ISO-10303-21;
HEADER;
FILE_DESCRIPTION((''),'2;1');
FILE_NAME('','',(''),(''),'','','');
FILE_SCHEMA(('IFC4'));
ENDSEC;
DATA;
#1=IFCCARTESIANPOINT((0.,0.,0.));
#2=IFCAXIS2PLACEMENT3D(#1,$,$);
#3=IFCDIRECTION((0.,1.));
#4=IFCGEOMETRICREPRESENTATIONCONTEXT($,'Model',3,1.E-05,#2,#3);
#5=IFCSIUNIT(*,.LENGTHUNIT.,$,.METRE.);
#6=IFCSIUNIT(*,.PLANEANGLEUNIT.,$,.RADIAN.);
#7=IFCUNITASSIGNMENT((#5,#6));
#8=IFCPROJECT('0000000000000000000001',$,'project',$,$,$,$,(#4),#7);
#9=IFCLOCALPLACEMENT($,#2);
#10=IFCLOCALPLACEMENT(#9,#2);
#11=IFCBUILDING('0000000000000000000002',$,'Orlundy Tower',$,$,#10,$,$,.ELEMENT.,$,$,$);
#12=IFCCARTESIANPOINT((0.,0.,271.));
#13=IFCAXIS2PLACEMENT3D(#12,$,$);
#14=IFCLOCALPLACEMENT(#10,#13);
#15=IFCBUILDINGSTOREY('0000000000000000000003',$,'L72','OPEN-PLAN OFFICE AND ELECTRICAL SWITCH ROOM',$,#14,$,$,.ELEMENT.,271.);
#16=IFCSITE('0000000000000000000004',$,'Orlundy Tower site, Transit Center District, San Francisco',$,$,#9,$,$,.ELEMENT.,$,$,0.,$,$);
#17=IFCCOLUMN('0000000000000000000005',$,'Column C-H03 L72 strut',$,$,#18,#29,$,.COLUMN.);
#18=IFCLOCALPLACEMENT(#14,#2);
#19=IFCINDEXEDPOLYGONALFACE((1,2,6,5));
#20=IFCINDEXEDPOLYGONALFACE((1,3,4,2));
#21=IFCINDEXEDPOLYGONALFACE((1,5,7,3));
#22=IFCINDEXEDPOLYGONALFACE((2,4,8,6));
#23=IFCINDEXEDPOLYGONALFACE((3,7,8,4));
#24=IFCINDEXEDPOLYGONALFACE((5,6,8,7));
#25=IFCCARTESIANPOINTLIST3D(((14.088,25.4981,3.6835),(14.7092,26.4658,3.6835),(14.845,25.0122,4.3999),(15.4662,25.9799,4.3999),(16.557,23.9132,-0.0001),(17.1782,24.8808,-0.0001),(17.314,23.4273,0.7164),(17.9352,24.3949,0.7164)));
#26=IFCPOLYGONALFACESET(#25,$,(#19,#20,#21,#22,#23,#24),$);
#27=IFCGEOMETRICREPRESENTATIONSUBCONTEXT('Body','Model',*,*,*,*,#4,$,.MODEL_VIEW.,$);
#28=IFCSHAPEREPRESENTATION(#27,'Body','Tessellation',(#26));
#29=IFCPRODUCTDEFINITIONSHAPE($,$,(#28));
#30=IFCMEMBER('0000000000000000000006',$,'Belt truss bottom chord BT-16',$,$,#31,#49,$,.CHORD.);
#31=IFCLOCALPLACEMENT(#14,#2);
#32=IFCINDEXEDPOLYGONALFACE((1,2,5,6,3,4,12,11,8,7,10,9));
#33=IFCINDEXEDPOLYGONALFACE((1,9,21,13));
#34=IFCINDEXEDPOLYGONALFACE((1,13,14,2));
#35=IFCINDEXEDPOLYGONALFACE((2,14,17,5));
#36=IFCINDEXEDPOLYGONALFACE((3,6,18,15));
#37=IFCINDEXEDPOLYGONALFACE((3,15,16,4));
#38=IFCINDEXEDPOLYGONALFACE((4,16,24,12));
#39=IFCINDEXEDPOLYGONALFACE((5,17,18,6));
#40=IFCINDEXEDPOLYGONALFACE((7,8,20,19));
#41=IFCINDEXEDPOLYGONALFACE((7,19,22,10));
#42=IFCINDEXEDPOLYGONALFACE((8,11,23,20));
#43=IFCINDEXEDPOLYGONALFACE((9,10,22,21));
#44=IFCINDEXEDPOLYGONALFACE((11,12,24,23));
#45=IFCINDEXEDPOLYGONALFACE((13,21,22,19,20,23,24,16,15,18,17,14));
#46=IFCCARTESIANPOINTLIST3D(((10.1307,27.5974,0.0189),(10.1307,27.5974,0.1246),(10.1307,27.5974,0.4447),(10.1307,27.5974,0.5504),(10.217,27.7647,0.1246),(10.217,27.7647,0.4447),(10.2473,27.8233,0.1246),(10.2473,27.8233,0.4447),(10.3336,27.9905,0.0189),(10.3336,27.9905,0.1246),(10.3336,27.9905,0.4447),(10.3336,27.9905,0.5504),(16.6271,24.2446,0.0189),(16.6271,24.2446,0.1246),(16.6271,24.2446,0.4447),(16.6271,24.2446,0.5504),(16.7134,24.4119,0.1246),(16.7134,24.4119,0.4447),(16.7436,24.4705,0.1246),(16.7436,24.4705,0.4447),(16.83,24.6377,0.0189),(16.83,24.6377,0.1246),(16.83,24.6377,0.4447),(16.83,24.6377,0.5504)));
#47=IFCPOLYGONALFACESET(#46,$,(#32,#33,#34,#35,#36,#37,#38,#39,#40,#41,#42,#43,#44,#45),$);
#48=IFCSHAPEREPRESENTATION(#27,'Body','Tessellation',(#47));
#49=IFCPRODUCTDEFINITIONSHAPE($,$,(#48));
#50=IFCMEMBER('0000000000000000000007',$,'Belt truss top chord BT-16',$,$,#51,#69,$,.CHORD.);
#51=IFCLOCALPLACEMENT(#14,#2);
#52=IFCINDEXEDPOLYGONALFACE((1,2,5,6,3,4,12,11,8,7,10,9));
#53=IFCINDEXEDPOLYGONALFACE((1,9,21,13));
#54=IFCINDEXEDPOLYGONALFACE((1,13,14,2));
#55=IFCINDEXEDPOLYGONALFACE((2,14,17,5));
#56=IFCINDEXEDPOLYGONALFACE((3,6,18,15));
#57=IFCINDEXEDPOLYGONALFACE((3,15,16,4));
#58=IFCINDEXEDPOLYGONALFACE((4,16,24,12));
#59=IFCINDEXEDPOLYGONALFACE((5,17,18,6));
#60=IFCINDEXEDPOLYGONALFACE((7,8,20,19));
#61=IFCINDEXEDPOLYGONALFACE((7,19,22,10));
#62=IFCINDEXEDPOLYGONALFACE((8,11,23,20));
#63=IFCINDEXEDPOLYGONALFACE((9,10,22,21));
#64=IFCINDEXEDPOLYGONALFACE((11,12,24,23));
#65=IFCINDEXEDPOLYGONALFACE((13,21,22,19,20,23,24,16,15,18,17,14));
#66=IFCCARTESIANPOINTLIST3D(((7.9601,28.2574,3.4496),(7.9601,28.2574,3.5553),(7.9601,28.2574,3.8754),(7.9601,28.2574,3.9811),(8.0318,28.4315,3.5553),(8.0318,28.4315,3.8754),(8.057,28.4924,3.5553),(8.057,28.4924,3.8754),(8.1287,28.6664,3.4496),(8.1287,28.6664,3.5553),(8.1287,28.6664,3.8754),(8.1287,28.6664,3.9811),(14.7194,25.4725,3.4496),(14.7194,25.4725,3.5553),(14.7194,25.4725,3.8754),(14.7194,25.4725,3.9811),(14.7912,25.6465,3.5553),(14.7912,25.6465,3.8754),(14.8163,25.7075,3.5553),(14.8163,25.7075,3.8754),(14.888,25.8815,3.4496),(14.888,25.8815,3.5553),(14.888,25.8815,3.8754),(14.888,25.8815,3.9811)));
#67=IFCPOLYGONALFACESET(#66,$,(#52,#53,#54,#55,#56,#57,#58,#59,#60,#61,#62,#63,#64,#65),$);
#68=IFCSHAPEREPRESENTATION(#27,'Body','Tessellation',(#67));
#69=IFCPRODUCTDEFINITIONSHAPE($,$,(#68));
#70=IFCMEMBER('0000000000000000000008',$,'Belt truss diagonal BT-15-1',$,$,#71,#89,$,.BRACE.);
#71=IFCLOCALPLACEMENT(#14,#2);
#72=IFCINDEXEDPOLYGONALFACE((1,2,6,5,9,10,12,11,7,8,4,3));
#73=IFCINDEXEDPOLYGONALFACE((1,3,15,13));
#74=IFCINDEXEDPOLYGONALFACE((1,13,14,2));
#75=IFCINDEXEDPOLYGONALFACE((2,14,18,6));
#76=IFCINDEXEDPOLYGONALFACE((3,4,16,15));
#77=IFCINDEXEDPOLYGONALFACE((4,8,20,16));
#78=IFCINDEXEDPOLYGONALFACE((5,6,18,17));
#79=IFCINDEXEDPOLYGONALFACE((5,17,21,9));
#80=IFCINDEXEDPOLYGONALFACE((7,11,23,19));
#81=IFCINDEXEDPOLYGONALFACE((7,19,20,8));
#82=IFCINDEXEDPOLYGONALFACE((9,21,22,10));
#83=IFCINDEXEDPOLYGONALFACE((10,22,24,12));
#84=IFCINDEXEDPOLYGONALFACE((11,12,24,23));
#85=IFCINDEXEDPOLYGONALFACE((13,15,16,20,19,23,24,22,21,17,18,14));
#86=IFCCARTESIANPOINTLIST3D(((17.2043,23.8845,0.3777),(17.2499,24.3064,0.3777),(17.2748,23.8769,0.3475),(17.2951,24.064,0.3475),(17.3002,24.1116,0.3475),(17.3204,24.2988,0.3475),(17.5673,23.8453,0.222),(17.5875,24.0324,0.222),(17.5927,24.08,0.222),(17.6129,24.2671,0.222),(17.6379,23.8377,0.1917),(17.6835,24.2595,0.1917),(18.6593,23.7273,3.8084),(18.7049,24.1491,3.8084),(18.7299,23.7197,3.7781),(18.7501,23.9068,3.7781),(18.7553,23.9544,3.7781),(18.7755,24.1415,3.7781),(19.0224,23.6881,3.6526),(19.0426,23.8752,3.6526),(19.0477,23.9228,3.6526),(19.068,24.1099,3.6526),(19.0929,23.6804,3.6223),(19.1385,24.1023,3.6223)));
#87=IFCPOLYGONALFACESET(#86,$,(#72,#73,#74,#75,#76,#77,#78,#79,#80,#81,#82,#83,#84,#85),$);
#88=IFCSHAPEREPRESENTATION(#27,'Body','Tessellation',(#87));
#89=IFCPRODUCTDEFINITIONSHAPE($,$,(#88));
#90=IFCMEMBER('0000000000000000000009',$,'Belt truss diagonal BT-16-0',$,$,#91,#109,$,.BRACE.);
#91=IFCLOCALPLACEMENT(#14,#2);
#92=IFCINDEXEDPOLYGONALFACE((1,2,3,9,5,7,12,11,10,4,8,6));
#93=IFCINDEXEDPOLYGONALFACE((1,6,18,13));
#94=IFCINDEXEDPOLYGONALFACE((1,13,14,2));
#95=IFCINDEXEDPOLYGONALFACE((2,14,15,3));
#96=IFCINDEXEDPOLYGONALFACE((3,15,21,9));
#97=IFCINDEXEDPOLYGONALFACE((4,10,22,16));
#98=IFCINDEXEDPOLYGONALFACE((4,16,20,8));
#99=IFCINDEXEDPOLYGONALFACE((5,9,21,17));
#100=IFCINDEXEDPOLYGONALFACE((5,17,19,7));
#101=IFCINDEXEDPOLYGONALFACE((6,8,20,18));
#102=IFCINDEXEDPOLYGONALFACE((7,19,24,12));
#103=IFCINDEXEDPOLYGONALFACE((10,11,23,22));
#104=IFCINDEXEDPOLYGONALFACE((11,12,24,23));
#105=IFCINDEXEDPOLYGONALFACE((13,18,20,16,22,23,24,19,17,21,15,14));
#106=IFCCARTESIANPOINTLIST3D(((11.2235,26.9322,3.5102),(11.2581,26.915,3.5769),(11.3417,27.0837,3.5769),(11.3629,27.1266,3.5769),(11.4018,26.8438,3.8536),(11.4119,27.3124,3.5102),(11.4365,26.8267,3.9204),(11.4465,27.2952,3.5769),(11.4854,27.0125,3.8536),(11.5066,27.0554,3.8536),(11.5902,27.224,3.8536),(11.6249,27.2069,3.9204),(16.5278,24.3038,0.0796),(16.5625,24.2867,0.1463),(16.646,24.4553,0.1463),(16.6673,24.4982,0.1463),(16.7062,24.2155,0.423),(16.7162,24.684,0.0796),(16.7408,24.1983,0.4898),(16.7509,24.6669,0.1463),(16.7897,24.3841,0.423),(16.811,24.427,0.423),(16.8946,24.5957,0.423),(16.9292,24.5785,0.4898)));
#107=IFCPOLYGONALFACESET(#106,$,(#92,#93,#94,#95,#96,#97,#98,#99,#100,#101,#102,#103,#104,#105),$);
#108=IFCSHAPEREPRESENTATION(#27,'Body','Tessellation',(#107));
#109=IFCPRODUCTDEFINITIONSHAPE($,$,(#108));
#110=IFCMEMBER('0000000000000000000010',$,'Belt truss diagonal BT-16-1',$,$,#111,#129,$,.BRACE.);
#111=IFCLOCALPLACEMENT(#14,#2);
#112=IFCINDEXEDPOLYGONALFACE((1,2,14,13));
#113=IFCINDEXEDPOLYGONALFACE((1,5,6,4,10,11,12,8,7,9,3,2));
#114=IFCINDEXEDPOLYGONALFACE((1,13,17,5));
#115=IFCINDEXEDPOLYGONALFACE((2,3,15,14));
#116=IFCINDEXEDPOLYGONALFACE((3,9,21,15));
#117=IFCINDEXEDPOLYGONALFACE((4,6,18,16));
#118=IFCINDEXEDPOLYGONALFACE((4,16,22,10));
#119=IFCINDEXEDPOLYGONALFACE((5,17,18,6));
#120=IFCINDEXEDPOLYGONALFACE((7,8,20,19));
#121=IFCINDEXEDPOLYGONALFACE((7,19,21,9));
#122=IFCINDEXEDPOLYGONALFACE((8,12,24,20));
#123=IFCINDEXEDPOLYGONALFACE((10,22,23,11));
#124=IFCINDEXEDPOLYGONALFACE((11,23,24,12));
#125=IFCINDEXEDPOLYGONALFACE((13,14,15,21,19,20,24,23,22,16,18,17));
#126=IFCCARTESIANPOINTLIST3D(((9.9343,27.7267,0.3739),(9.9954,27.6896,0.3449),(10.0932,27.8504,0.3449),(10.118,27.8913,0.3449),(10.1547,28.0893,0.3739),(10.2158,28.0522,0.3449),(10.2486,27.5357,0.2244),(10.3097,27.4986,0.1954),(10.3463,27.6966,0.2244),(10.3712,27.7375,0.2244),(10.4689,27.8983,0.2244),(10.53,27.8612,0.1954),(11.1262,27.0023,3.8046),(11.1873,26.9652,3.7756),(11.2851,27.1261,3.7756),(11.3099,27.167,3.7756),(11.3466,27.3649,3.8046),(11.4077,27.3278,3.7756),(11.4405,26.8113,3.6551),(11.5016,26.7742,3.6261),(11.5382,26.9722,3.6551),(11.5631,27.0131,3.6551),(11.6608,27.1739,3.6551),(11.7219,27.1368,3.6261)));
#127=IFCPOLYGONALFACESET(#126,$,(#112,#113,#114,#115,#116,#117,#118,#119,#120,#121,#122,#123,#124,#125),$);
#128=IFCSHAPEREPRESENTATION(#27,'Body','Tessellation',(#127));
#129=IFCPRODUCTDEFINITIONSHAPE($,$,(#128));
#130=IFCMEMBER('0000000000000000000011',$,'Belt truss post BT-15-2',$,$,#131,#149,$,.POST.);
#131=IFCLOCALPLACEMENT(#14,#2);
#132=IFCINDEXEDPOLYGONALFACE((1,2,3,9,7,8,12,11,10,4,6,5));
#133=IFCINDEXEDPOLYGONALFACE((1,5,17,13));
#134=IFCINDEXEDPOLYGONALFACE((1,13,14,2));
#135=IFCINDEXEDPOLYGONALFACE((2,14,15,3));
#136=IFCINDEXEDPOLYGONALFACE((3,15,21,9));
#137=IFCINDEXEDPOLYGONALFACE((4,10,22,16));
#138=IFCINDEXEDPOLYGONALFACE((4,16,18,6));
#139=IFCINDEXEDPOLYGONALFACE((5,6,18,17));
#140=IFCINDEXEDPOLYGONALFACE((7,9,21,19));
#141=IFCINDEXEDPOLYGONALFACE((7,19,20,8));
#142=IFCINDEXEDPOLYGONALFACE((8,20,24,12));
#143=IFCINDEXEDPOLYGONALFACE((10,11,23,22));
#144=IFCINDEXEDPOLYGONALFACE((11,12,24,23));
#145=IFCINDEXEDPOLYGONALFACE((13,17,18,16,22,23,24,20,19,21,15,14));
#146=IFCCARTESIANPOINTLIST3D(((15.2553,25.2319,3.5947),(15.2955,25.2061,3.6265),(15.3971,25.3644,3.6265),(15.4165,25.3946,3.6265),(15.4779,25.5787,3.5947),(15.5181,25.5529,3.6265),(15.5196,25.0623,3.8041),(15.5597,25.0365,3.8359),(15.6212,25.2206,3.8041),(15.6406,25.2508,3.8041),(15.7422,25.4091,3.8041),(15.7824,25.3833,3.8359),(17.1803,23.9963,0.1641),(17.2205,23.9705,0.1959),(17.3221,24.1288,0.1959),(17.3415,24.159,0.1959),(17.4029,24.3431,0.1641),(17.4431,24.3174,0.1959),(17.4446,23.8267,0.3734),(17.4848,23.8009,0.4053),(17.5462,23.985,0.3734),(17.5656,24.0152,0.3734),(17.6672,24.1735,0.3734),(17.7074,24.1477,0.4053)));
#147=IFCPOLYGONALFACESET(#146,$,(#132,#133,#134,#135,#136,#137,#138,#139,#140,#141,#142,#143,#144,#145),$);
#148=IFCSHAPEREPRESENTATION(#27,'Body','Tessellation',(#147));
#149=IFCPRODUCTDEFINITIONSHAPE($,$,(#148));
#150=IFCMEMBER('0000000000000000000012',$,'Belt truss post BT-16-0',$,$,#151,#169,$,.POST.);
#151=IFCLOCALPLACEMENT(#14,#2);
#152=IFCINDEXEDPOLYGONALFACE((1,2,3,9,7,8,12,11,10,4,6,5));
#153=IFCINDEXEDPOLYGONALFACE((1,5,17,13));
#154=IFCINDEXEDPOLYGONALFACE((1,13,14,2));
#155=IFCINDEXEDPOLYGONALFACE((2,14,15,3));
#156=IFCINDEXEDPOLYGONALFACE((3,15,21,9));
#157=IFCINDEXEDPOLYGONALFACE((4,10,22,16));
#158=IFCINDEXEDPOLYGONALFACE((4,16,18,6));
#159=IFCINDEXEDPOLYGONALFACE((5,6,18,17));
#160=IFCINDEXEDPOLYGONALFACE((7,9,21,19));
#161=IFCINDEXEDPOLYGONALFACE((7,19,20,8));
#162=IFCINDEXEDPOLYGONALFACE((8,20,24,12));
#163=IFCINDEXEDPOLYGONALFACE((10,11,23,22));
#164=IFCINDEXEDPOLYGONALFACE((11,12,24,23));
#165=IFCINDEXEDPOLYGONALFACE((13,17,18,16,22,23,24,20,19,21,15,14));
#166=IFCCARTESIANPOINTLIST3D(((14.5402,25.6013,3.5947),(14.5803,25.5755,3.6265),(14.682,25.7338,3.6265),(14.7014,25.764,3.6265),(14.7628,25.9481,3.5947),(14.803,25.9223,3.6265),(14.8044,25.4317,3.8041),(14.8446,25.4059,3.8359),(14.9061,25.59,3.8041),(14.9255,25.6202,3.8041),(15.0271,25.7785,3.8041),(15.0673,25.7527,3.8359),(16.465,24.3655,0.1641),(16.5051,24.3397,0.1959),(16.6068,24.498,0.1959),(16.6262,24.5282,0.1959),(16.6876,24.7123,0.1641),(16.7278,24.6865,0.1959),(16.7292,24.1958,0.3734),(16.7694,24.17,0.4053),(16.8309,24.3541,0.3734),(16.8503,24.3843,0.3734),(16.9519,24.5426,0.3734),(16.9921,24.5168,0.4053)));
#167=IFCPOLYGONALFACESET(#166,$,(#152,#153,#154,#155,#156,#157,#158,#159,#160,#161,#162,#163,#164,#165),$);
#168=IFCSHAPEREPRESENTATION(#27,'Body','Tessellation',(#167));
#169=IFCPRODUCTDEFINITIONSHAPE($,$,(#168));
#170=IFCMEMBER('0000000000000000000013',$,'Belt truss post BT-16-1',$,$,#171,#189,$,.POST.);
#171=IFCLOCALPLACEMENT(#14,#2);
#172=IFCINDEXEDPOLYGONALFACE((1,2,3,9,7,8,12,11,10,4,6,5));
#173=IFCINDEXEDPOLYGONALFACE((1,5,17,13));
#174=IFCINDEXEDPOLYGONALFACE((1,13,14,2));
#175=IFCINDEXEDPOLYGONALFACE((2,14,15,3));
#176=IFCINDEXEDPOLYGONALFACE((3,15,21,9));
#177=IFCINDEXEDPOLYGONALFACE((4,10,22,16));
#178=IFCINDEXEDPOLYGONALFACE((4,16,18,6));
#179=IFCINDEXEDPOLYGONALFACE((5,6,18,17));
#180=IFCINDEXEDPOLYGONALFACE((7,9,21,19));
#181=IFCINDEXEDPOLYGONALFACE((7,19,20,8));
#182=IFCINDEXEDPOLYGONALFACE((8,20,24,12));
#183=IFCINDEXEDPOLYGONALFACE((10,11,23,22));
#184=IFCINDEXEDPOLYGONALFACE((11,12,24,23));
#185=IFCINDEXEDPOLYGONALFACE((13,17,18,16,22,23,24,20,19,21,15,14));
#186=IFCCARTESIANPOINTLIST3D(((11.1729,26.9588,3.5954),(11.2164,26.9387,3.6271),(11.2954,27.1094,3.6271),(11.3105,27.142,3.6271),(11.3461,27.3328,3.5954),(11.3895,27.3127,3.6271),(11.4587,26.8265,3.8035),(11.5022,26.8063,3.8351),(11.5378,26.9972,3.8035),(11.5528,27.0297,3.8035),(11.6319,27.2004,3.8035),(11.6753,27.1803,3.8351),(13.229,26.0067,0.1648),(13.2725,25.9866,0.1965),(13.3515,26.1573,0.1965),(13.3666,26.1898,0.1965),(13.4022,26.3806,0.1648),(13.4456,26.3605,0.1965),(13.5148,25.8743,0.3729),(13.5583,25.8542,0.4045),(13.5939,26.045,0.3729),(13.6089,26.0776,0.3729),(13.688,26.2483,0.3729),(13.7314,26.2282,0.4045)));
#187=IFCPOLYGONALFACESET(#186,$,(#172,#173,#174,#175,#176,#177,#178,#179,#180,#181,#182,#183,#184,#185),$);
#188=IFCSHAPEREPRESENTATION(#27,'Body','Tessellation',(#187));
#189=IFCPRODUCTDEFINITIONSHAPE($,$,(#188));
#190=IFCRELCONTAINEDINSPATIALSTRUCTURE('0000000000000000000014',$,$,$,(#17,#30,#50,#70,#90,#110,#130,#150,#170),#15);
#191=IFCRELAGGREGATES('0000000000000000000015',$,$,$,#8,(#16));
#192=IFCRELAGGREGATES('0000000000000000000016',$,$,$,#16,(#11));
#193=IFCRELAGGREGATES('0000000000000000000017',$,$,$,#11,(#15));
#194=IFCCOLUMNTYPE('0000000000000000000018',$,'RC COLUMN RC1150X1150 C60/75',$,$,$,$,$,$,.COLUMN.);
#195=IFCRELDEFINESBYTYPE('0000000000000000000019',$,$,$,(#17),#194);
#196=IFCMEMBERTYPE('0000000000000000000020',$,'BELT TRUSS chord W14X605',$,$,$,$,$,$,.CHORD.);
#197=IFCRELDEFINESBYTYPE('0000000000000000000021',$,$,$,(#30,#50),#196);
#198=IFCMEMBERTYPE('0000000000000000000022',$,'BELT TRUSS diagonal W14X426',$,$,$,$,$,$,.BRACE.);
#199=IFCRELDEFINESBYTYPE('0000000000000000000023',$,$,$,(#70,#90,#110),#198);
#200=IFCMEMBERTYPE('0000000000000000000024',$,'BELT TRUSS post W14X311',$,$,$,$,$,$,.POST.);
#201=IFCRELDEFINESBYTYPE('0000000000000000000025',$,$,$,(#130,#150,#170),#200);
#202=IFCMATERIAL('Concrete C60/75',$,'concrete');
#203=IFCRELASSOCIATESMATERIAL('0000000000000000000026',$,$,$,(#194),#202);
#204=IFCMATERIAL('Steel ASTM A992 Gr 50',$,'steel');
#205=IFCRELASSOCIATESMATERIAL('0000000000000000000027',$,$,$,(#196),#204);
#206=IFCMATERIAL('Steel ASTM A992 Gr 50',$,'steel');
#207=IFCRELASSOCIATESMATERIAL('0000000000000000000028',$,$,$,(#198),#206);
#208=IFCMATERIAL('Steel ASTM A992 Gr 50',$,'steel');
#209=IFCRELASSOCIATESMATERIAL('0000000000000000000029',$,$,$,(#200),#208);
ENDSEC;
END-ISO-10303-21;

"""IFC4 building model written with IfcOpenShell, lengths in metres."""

from ifc_helpers import new_model, si_unit, direction, frame, origin, origin_2d, place, context, subcontext, project, spatial, rectangle, i_section, extrude, material, material_profile, profile_set, type_object, element, save


model = new_model("IFC4")

# Units and contexts
model_context = context("Model", 3, precision=1e-05, world=origin(), true_north=direction((0.0, 1.0)))
body_context = subcontext(model_context, "Body", "Model", "MODEL_VIEW")
ifc_project = project(units=[si_unit("LENGTHUNIT", "METRE"), si_unit("PLANEANGLEUNIT", "RADIAN")], contexts=[model_context])

# Site, building, storey
site_placement = place(None, origin())
site = spatial("IfcSite", under=ifc_project, at=site_placement, Name="Orlundy Tower site, Transit Center District, San Francisco", CompositionType="ELEMENT", RefElevation=0.0)
building_placement = place(site_placement, origin())
building = spatial("IfcBuilding", under=site, at=building_placement, Name="Orlundy Tower", CompositionType="ELEMENT")
storey_placement = place(building_placement, frame((0.0, 0.0, 271.0)))
storey = spatial("IfcBuildingStorey", under=building, at=storey_placement, Name="L72", Description="OPEN-PLAN OFFICE AND ELECTRICAL SWITCH ROOM", CompositionType="ELEMENT", Elevation=271.0)

# Column
ifc_material_1 = material(Name="Concrete C60/75", Category="concrete")
ifc_material_profile_1 = material_profile(ifc_material_1, rectangle(XDim=1.1499, YDim=1.1499, at=origin_2d()), Name="RC1150X1150")
ifc_profile_set_1 = profile_set([ifc_material_profile_1], Name="Concrete C60/75")
column_type = type_object("IfcColumnType", Name="RC COLUMN RC1150X1150 C60/75", PredefinedType="COLUMN", material=ifc_profile_set_1)
column_placement = place(storey_placement, frame((17.2461, 24.1541, 0.3582), z_axis=(-0.524288, 0.336564, 0.782206), x_axis=(-0.540215, -0.841527, 0.0)))
element("IfcColumn", 1, at=column_placement, inside=storey, type_object=column_type, Name="Column C-H03 L72 strut", PredefinedType="COLUMN", context=body_context, shape_type="SweptSolid", body=[
    extrude(rectangle(XDim=1.1499, YDim=1.1499, at=origin_2d()), origin(), (0.0, 0.0, 1.0), 4.7092),
])

# Members
ifc_material_2 = material(Name="Steel ASTM A992 Gr 50", Category="steel")
ifc_material_profile_2 = material_profile(ifc_material_2, i_section(OverallWidth=0.4424, OverallDepth=0.5315, WebThickness=0.0659, FlangeThickness=0.1057, at=origin_2d()), Name="W14X605")
ifc_profile_set_2 = profile_set([ifc_material_profile_2], Name="Steel ASTM A992 Gr 50")
member_type_1 = type_object("IfcMemberType", Name="BELT TRUSS chord W14X605", PredefinedType="CHORD", material=ifc_profile_set_2)
for number, where, z_axis, x_axis, name in (
    (2, (16.7285, 24.4412, 0.2847), (-0.88863, 0.458625, 0.0), (-0.458625, -0.88863, 0.0), "Belt truss bottom chord BT-16"),
    (3, (14.8037, 25.677, 3.7153), (-0.924597, 0.380946, 0.0), (-0.380946, -0.924597, 0.0), "Belt truss top chord BT-16"),
):
    element("IfcMember", number, at=place(storey_placement, frame(where, z_axis=z_axis, x_axis=x_axis)), inside=storey, type_object=member_type_1, Name=name, PredefinedType="CHORD", context=body_context, shape_type="SweptSolid", body=[
        extrude(i_section(OverallWidth=0.4424, OverallDepth=0.5315, WebThickness=0.0659, FlangeThickness=0.1057, at=origin_2d()), origin(), (0.0, 0.0, 1.0), 7.3105),
    ])
ifc_material_3 = material(Name="Steel ASTM A992 Gr 50", Category="steel")
ifc_material_profile_3 = material_profile(ifc_material_3, i_section(OverallWidth=0.4243, OverallDepth=0.4741, WebThickness=0.0479, FlangeThickness=0.0771, at=origin_2d()), Name="W14X426")
ifc_profile_set_3 = profile_set([ifc_material_profile_3], Name="Steel ASTM A992 Gr 50")
member_type_2 = type_object("IfcMemberType", Name="BELT TRUSS diagonal W14X426", PredefinedType="BRACE", material=ifc_profile_set_3)
member_1_placement = place(storey_placement, frame((18.8989, 23.9148, 3.7153), z_axis=(-0.390122, 0.042154, -0.919798), x_axis=(-0.107428, -0.994213, 0.0)))
element("IfcMember", 4, at=member_1_placement, inside=storey, type_object=member_type_2, Name="Belt truss diagonal BT-15-1", PredefinedType="BRACE", context=body_context, shape_type="SweptSolid", body=[
    extrude(i_section(OverallWidth=0.4243, OverallDepth=0.4741, WebThickness=0.0479, FlangeThickness=0.0771, at=origin_2d()), origin(), (0.0, 0.0, 1.0), 3.7297),
])
member_2_placement = place(storey_placement, frame((16.7285, 24.4412, 0.2847), z_axis=(-0.775259, 0.38415, 0.501401), x_axis=(-0.443994, -0.89603, 0.0)))
element("IfcMember", 5, at=member_2_placement, inside=storey, type_object=member_type_2, Name="Belt truss diagonal BT-16-0", PredefinedType="BRACE", context=body_context, shape_type="SweptSolid", body=[
    extrude(i_section(OverallWidth=0.4243, OverallDepth=0.4741, WebThickness=0.0479, FlangeThickness=0.0771, at=origin_2d()), origin(), (0.0, 0.0, 1.0), 6.842),
])
member_3_placement = place(storey_placement, frame((11.4241, 27.0696, 3.7153), z_axis=(-0.321843, 0.195597, -0.926369), x_axis=(-0.519353, -0.85456, 0.0)))
element("IfcMember", 6, at=member_3_placement, inside=storey, type_object=member_type_2, Name="Belt truss diagonal BT-16-1", PredefinedType="BRACE", context=body_context, shape_type="SweptSolid", body=[
    extrude(i_section(OverallWidth=0.4243, OverallDepth=0.4741, WebThickness=0.0479, FlangeThickness=0.0771, at=origin_2d()), origin(), (0.0, 0.0, 1.0), 3.7034),
])
ifc_material_4 = material(Name="Steel ASTM A992 Gr 50", Category="steel")
ifc_material_profile_4 = material_profile(ifc_material_4, i_section(OverallWidth=0.4121, OverallDepth=0.4348, WebThickness=0.0359, FlangeThickness=0.0574, at=origin_2d()), Name="W14X311")
ifc_profile_set_4 = profile_set([ifc_material_profile_4], Name="Steel ASTM A992 Gr 50")
member_type_3 = type_object("IfcMemberType", Name="BELT TRUSS post W14X311", PredefinedType="POST", material=ifc_profile_set_4)
for number, where, z_axis, x_axis, name in (
    (7, (17.4438, 24.072, 0.2847), (-0.466866, 0.299659, 0.83201), (-0.540159, -0.841563, 0.0), "Belt truss post BT-15-2"),
    (8, (16.7285, 24.4412, 0.2847), (-0.466811, 0.299721, 0.832018), (-0.540283, -0.841484, 0.0), "Belt truss post BT-16-0"),
):
    element("IfcMember", number, at=place(storey_placement, frame(where, z_axis=z_axis, x_axis=x_axis)), inside=storey, type_object=member_type_3, Name=name, PredefinedType="POST", context=body_context, shape_type="SweptSolid", body=[
        extrude(i_section(OverallWidth=0.4121, OverallDepth=0.4348, WebThickness=0.0359, FlangeThickness=0.0574, at=origin_2d()), origin(), (0.0, 0.0, 1.0), 4.1233),
    ])
member_4_placement = place(storey_placement, frame((13.4802, 26.1174, 0.2847), z_axis=(-0.500107, 0.231586, 0.834422), x_axis=(-0.420206, -0.907429, 0.0)))
element("IfcMember", 9, at=member_4_placement, inside=storey, type_object=member_type_3, Name="Belt truss post BT-16-1", PredefinedType="POST", context=body_context, shape_type="SweptSolid", body=[
    extrude(i_section(OverallWidth=0.4121, OverallDepth=0.4348, WebThickness=0.0359, FlangeThickness=0.0574, at=origin_2d()), origin(), (0.0, 0.0, 1.0), 4.1113),
])

save(model, "model.ifc")
